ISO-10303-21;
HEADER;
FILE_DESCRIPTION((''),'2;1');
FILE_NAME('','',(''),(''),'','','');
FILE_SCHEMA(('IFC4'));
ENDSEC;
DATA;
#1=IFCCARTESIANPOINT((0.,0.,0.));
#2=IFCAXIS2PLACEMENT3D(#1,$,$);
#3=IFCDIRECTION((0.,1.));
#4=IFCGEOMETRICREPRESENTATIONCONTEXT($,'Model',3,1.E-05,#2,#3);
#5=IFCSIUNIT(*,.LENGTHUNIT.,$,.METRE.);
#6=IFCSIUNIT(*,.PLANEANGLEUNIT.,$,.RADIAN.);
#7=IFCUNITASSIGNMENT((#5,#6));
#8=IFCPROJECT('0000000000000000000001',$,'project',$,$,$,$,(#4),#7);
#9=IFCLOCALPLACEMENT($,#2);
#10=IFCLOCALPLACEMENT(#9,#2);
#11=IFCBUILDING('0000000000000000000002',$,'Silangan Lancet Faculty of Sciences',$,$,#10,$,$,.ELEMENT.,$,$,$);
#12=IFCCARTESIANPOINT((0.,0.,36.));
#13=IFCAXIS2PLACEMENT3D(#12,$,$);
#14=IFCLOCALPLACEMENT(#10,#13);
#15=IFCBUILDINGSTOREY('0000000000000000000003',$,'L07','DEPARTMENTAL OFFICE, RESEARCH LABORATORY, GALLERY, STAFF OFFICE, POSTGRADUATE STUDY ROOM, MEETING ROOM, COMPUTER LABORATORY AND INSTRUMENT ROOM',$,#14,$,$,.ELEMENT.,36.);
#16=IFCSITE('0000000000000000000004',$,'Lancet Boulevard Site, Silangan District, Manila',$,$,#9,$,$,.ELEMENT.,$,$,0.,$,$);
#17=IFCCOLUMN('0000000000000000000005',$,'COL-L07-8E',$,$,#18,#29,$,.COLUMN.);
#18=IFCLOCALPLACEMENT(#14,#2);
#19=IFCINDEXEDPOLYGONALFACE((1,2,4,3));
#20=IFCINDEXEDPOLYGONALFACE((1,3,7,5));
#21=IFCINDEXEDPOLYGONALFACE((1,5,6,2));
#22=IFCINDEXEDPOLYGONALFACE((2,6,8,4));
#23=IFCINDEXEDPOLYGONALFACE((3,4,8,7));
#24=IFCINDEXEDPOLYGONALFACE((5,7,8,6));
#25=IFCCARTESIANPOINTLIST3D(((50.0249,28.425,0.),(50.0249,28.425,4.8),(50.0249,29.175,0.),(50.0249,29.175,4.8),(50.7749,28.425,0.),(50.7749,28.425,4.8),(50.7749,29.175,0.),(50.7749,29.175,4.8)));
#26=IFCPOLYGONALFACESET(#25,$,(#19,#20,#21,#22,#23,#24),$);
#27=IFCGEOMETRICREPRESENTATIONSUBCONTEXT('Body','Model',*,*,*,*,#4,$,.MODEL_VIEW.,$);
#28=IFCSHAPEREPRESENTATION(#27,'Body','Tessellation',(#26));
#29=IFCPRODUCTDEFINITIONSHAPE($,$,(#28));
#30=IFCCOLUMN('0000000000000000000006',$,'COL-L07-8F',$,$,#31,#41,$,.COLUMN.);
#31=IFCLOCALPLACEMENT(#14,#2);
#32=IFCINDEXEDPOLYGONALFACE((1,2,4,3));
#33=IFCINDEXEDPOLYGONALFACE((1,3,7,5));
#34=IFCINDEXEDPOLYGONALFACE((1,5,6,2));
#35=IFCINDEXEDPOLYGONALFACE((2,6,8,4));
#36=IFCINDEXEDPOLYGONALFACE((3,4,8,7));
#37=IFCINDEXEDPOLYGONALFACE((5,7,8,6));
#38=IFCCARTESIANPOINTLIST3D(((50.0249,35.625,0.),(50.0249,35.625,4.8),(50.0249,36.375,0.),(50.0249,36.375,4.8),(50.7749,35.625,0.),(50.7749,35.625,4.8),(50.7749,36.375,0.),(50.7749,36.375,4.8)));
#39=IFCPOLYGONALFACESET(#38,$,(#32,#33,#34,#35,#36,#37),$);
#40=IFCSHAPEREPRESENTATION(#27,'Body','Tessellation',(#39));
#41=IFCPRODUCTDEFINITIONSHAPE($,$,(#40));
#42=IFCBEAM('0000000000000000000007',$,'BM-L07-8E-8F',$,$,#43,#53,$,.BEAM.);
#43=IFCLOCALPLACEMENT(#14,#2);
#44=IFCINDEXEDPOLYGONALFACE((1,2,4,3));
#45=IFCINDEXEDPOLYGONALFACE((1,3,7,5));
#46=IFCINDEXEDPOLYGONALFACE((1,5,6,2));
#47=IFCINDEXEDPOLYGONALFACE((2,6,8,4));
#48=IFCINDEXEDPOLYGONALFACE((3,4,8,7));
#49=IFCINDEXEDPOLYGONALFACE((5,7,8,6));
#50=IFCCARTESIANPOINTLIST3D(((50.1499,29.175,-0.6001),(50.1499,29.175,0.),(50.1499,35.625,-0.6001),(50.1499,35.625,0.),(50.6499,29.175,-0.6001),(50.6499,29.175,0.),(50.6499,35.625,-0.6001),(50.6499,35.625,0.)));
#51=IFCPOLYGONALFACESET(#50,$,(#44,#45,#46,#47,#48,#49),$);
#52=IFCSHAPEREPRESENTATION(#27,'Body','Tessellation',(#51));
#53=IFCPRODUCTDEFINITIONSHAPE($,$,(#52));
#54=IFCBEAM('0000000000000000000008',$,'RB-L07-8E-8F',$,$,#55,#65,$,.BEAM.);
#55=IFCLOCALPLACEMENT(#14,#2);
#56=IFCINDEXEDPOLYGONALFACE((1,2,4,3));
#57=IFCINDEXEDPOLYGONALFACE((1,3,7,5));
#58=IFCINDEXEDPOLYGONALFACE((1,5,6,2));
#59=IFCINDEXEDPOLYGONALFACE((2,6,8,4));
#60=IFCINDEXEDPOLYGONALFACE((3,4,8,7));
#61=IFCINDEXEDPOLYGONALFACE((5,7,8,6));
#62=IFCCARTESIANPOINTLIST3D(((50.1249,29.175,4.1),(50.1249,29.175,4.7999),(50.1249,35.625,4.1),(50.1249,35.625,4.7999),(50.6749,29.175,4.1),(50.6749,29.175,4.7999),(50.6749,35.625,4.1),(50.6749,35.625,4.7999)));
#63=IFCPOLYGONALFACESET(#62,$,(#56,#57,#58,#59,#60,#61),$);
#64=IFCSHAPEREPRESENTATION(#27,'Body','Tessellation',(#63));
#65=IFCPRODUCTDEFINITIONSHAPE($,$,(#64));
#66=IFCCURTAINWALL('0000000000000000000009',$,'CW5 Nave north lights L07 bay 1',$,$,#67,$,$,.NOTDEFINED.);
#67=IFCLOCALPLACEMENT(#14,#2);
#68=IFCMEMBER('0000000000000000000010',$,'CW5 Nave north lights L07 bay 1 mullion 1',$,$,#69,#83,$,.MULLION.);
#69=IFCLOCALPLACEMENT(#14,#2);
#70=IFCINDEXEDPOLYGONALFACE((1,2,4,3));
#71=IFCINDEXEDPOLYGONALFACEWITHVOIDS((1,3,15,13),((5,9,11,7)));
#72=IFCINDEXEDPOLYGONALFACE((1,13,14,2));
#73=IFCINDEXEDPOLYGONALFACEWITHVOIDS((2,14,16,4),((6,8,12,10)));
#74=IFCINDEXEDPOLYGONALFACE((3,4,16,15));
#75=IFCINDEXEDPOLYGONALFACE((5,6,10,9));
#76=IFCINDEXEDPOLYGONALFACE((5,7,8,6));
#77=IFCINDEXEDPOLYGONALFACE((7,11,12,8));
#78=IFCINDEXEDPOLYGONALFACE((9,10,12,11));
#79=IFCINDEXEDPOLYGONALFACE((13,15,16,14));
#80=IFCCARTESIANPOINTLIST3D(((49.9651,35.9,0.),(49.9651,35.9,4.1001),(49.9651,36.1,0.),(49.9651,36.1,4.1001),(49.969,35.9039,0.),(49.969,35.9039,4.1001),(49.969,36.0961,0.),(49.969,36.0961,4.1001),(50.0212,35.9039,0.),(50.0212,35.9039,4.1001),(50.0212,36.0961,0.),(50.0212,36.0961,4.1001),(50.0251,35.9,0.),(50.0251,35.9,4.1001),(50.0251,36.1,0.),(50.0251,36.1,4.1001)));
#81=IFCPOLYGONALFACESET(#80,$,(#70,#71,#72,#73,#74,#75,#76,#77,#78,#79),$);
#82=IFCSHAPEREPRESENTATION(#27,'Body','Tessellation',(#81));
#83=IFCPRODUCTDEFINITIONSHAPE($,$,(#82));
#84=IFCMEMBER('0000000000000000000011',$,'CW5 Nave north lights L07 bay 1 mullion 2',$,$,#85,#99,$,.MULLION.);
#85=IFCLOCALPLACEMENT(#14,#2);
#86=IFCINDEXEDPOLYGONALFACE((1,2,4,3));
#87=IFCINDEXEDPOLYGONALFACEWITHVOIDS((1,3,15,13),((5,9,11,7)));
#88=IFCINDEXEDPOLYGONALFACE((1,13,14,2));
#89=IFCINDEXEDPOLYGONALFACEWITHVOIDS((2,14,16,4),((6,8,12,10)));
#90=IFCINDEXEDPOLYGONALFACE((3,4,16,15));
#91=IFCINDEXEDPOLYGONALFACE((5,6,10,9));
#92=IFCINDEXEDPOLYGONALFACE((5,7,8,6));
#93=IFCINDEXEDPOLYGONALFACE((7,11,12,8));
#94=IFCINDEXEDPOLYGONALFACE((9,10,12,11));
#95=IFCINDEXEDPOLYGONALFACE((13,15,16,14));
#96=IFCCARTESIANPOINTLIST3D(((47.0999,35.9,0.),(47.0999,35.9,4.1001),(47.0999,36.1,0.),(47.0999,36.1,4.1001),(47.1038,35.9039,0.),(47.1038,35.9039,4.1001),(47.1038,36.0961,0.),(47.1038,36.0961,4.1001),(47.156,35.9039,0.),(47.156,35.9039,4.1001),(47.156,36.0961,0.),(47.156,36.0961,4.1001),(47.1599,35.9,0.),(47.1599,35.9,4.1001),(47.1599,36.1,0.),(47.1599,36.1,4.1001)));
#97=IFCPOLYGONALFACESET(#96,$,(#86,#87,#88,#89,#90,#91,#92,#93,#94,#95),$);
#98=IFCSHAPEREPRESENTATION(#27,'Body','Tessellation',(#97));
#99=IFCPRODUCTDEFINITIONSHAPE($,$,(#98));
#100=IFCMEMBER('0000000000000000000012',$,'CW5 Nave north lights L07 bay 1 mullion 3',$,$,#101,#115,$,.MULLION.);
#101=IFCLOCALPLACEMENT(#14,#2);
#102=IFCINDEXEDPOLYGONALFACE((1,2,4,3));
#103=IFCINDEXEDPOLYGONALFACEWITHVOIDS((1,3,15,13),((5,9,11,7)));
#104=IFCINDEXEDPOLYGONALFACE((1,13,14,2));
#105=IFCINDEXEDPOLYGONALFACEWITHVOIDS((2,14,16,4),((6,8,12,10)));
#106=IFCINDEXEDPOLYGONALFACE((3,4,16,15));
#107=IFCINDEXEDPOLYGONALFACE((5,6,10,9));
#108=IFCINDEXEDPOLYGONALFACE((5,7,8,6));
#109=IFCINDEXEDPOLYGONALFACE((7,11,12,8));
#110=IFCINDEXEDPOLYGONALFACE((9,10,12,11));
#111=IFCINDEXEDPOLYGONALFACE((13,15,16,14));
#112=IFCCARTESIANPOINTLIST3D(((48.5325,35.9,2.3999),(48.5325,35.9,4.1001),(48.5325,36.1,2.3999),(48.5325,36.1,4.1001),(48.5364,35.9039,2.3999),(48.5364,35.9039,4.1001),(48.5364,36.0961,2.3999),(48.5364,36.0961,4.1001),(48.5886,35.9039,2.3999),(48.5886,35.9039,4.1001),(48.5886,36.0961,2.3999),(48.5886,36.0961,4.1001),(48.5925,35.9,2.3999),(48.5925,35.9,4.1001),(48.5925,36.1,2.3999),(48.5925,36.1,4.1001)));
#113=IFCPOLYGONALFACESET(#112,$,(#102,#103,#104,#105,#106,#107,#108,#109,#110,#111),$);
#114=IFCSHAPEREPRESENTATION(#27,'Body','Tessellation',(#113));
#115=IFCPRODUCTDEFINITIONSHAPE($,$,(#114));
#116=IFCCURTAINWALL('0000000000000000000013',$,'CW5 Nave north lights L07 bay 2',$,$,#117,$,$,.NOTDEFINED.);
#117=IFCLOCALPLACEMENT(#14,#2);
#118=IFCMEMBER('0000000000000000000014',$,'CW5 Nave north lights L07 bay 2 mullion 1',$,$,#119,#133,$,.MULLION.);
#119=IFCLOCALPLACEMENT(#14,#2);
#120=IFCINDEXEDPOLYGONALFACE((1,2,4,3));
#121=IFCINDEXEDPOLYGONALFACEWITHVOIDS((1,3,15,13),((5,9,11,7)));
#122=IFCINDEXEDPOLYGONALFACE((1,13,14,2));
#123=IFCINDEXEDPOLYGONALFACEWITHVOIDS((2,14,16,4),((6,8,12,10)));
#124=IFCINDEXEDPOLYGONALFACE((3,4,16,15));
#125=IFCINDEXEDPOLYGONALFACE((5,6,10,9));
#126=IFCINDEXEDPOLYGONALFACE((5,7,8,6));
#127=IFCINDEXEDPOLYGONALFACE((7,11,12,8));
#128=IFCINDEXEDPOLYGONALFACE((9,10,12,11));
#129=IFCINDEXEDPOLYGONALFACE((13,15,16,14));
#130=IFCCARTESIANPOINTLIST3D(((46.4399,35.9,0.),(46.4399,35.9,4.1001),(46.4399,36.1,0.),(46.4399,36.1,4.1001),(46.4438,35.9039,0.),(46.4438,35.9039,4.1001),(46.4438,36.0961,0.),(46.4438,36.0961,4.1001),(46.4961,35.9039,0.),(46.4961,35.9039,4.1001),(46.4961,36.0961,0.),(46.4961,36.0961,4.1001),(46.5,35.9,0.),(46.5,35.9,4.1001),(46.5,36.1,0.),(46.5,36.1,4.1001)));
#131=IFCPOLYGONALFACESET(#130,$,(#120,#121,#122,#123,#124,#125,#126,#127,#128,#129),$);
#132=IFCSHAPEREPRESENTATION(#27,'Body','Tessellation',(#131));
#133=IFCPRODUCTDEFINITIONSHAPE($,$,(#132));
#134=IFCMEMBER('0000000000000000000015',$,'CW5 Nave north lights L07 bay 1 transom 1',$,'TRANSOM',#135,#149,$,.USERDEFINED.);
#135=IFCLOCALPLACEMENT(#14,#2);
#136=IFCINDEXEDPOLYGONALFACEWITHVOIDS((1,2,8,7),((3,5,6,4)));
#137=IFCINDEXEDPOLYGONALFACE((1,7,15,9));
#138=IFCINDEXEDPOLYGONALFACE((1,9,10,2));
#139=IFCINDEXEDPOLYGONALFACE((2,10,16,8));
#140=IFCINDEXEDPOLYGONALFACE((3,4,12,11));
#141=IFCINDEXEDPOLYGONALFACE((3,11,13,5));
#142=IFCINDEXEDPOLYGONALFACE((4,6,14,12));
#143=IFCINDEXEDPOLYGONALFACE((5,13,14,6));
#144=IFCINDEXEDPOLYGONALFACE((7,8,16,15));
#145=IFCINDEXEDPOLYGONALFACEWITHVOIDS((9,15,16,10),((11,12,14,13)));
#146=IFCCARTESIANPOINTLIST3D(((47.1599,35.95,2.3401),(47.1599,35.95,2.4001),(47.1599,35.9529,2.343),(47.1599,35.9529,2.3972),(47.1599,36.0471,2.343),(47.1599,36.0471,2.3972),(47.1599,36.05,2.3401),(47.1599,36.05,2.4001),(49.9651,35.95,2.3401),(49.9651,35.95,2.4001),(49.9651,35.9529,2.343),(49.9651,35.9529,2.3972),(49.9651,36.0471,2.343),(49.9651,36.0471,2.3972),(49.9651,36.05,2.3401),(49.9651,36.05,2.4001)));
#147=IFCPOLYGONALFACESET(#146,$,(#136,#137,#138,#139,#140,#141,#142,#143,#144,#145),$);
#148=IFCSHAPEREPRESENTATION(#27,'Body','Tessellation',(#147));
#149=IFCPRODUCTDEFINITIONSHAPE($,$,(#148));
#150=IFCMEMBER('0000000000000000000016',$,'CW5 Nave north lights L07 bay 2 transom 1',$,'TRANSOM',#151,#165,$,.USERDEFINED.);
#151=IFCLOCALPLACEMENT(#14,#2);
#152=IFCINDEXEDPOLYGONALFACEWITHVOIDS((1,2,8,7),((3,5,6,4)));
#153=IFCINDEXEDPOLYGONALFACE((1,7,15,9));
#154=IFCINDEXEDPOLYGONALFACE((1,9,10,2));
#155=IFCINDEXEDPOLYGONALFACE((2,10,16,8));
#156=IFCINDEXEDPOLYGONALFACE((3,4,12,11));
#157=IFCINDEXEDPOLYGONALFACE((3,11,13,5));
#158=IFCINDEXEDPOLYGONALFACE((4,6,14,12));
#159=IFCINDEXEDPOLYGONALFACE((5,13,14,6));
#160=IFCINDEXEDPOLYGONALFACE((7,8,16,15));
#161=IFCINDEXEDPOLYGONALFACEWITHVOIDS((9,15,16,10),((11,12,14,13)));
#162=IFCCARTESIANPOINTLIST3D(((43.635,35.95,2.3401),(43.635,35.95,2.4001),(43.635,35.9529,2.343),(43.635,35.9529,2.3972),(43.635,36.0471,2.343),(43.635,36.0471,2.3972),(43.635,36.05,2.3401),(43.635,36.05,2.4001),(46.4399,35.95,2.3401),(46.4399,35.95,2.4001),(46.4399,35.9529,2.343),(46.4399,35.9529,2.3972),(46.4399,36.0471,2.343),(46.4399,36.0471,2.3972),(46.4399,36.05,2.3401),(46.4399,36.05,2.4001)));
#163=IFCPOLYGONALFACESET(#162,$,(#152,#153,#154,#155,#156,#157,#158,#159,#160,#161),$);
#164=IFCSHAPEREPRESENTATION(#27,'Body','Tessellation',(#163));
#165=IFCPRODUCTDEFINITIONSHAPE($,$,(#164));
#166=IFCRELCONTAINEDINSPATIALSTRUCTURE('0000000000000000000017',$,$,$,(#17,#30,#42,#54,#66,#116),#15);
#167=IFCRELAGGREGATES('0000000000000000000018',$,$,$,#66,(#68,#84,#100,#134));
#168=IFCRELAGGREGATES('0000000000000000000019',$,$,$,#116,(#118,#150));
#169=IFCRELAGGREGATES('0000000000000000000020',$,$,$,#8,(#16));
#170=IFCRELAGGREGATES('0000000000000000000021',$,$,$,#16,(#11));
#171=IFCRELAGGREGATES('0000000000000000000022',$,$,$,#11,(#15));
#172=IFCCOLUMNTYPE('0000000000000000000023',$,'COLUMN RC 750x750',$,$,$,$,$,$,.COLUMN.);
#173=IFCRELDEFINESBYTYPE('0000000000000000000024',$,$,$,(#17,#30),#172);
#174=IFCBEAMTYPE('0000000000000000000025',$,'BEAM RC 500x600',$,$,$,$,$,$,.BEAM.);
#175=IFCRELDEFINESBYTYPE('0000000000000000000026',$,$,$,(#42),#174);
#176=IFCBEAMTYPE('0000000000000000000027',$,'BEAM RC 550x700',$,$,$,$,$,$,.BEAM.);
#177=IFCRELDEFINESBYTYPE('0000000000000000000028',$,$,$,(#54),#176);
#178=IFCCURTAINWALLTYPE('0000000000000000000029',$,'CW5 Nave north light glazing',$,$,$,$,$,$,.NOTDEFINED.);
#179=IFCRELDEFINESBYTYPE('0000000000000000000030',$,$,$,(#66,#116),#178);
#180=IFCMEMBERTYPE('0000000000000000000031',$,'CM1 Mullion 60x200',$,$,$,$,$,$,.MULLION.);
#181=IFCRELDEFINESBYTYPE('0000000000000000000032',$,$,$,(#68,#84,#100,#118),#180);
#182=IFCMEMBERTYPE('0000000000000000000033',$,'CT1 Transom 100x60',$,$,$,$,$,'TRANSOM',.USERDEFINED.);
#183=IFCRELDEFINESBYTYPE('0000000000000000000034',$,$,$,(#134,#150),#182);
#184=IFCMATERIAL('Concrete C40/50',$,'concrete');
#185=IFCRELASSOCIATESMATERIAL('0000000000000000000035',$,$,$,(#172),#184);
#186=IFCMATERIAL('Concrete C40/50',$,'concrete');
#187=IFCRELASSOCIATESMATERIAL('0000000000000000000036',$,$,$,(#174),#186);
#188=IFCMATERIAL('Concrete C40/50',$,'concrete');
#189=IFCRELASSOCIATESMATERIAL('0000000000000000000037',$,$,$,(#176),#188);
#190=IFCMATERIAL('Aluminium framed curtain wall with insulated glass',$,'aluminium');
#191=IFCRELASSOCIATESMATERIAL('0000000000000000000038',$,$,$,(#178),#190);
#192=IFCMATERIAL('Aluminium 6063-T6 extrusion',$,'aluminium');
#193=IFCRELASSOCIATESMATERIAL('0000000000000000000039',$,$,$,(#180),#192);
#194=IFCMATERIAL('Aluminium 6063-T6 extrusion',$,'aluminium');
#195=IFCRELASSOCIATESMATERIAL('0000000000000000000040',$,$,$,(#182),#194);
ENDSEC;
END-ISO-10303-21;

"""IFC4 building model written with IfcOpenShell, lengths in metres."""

from ifc_helpers import new_model, si_unit, direction, frame, origin, origin_2d, place, context, subcontext, project, spatial, rectangle, hollow_rectangle, extrude, material, material_profile, profile_set, type_object, element, aggregate, save


model = new_model("IFC4")

# Units and contexts
model_context = context("Model", 3, precision=1e-05, world=origin(), true_north=direction((0.0, 1.0)))
body_context = subcontext(model_context, "Body", "Model", "MODEL_VIEW")
ifc_project = project(units=[si_unit("LENGTHUNIT", "METRE"), si_unit("PLANEANGLEUNIT", "RADIAN")], contexts=[model_context])

# Site, building, storey
site_placement = place(None, origin())
site = spatial("IfcSite", under=ifc_project, at=site_placement, Name="Lancet Boulevard Site, Silangan District, Manila", CompositionType="ELEMENT", RefElevation=0.0)
building_placement = place(site_placement, origin())
building = spatial("IfcBuilding", under=site, at=building_placement, Name="Silangan Lancet Faculty of Sciences", CompositionType="ELEMENT")
storey_placement = place(building_placement, frame((0.0, 0.0, 36.0)))
storey = spatial("IfcBuildingStorey", under=building, at=storey_placement, Name="L07", Description="DEPARTMENTAL OFFICE, RESEARCH LABORATORY, GALLERY, STAFF OFFICE, POSTGRADUATE STUDY ROOM, MEETING ROOM, COMPUTER LABORATORY AND INSTRUMENT ROOM", CompositionType="ELEMENT", Elevation=36.0)

# Columns
ifc_material_1 = material(Name="Concrete C40/50", Category="concrete")
ifc_material_profile_1 = material_profile(ifc_material_1, rectangle(XDim=0.75, YDim=0.75, at=origin_2d()), Name="RC 750x750")
ifc_profile_set_1 = profile_set([ifc_material_profile_1], Name="Concrete C40/50")
column_type = type_object("IfcColumnType", Name="COLUMN RC 750x750", PredefinedType="COLUMN", material=ifc_profile_set_1)
for number, where, z_axis, x_axis, name in (
    (1, (50.3999, 28.8, 0.0), (0.0, 0.0, 1.0), (1.0, 0.0, 0.0), "COL-L07-8E"),
    (2, (50.3999, 36.0, 0.0), (0.0, 0.0, 1.0), (1.0, 0.0, 0.0), "COL-L07-8F"),
):
    element("IfcColumn", number, at=place(storey_placement, frame(where, z_axis=z_axis, x_axis=x_axis)), inside=storey, type_object=column_type, Name=name, PredefinedType="COLUMN", context=body_context, shape_type="SweptSolid", body=[
        extrude(rectangle(XDim=0.75, YDim=0.75, at=origin_2d()), origin(), (0.0, 0.0, 1.0), 4.8),
    ])

# Beams
ifc_material_2 = material(Name="Concrete C40/50", Category="concrete")
ifc_material_profile_2 = material_profile(ifc_material_2, rectangle(XDim=0.5, YDim=0.6001, at=origin_2d()), Name="RC 500x600")
ifc_profile_set_2 = profile_set([ifc_material_profile_2], Name="Concrete C40/50")
beam_type_1 = type_object("IfcBeamType", Name="BEAM RC 500x600", PredefinedType="BEAM", material=ifc_profile_set_2)
beam_1_placement = place(storey_placement, frame((50.3999, 29.175, -0.3), z_axis=(0.0, 1.0, 0.0), x_axis=(-1.0, 0.0, 0.0)))
element("IfcBeam", 3, at=beam_1_placement, inside=storey, type_object=beam_type_1, Name="BM-L07-8E-8F", PredefinedType="BEAM", context=body_context, shape_type="SweptSolid", body=[
    extrude(rectangle(XDim=0.5, YDim=0.6001, at=origin_2d()), origin(), (0.0, 0.0, 1.0), 6.45),
])
ifc_material_3 = material(Name="Concrete C40/50", Category="concrete")
ifc_material_profile_3 = material_profile(ifc_material_3, rectangle(XDim=0.55, YDim=0.7, at=origin_2d()), Name="RC 550x700")
ifc_profile_set_3 = profile_set([ifc_material_profile_3], Name="Concrete C40/50")
beam_type_2 = type_object("IfcBeamType", Name="BEAM RC 550x700", PredefinedType="BEAM", material=ifc_profile_set_3)
beam_2_placement = place(storey_placement, frame((50.3999, 29.175, 4.45), z_axis=(0.0, 1.0, 0.0), x_axis=(-1.0, 0.0, 0.0)))
element("IfcBeam", 4, at=beam_2_placement, inside=storey, type_object=beam_type_2, Name="RB-L07-8E-8F", PredefinedType="BEAM", context=body_context, shape_type="SweptSolid", body=[
    extrude(rectangle(XDim=0.55, YDim=0.7, at=origin_2d()), origin(), (0.0, 0.0, 1.0), 6.45),
])

# Curtain wall, members
ifc_material_4 = material(Name="Aluminium framed curtain wall with insulated glass", Category="aluminium")
curtain_wall_type = type_object("IfcCurtainWallType", Name="CW5 Nave north light glazing", PredefinedType="NOTDEFINED", material=ifc_material_4)
curtain_wall_1_placement = place(storey_placement, origin())
curtain_wall_1 = element("IfcCurtainWall", 5, at=curtain_wall_1_placement, inside=storey, type_object=curtain_wall_type, Name="CW5 Nave north lights L07 bay 1", PredefinedType="NOTDEFINED")
ifc_material_5 = material(Name="Aluminium 6063-T6 extrusion", Category="aluminium")
ifc_material_profile_4 = material_profile(ifc_material_5, hollow_rectangle(XDim=0.0601, YDim=0.2, WallThickness=0.0039, at=origin_2d()), Name="AL BOX 60x200x4")
ifc_profile_set_4 = profile_set([ifc_material_profile_4], Name="Aluminium 6063-T6 extrusion")
member_type_1 = type_object("IfcMemberType", Name="CM1 Mullion 60x200", PredefinedType="MULLION", material=ifc_profile_set_4)
member_1_placement = place(storey_placement, frame((49.9951, 36.0, 0.0), z_axis=(0.0, 0.0, 1.0), x_axis=(-1.0, 0.0, 0.0)))
member_1 = element("IfcMember", 6, at=member_1_placement, type_object=member_type_1, Name="CW5 Nave north lights L07 bay 1 mullion 1", PredefinedType="MULLION", context=body_context, shape_type="SweptSolid", body=[
    extrude(hollow_rectangle(XDim=0.0601, YDim=0.2, WallThickness=0.0039, at=origin_2d()), origin(), (0.0, 0.0, 1.0), 4.1001),
])
member_2_placement = place(storey_placement, frame((47.1299, 36.0, 0.0), z_axis=(0.0, 0.0, 1.0), x_axis=(-1.0, 0.0, 0.0)))
member_2 = element("IfcMember", 7, at=member_2_placement, type_object=member_type_1, Name="CW5 Nave north lights L07 bay 1 mullion 2", PredefinedType="MULLION", context=body_context, shape_type="SweptSolid", body=[
    extrude(hollow_rectangle(XDim=0.0601, YDim=0.2, WallThickness=0.0039, at=origin_2d()), origin(), (0.0, 0.0, 1.0), 4.1001),
])
member_3_placement = place(storey_placement, frame((48.5625, 36.0, 2.3999), z_axis=(0.0, 0.0, 1.0), x_axis=(-1.0, 0.0, 0.0)))
member_3 = element("IfcMember", 8, at=member_3_placement, type_object=member_type_1, Name="CW5 Nave north lights L07 bay 1 mullion 3", PredefinedType="MULLION", context=body_context, shape_type="SweptSolid", body=[
    extrude(hollow_rectangle(XDim=0.0601, YDim=0.2, WallThickness=0.0039, at=origin_2d()), origin(), (0.0, 0.0, 1.0), 1.7002),
])

# Curtain wall, member
curtain_wall_2_placement = place(storey_placement, origin())
curtain_wall_2 = element("IfcCurtainWall", 9, at=curtain_wall_2_placement, inside=storey, type_object=curtain_wall_type, Name="CW5 Nave north lights L07 bay 2", PredefinedType="NOTDEFINED")
member_4_placement = place(storey_placement, frame((46.47, 36.0, 0.0), z_axis=(0.0, 0.0, 1.0), x_axis=(-1.0, 0.0, 0.0)))
member_4 = element("IfcMember", 10, at=member_4_placement, type_object=member_type_1, Name="CW5 Nave north lights L07 bay 2 mullion 1", PredefinedType="MULLION", context=body_context, shape_type="SweptSolid", body=[
    extrude(hollow_rectangle(XDim=0.0601, YDim=0.2, WallThickness=0.0039, at=origin_2d()), origin(), (0.0, 0.0, 1.0), 4.1001),
])

# Members
ifc_material_6 = material(Name="Aluminium 6063-T6 extrusion", Category="aluminium")
ifc_material_profile_5 = material_profile(ifc_material_6, hollow_rectangle(XDim=0.1001, YDim=0.0601, WallThickness=0.0029, at=origin_2d()), Name="AL BOX 100x60x3")
ifc_profile_set_5 = profile_set([ifc_material_profile_5], Name="Aluminium 6063-T6 extrusion")
member_type_2 = type_object("IfcMemberType", Name="CT1 Transom 100x60", ElementType="TRANSOM", PredefinedType="USERDEFINED", material=ifc_profile_set_5)
member_5_placement = place(storey_placement, frame((49.9651, 36.0, 2.3701), z_axis=(-1.0, 0.0, 0.0), x_axis=(0.0, -1.0, 0.0)))
member_5 = element("IfcMember", 11, at=member_5_placement, type_object=member_type_2, Name="CW5 Nave north lights L07 bay 1 transom 1", ObjectType="TRANSOM", PredefinedType="USERDEFINED", context=body_context, shape_type="SweptSolid", body=[
    extrude(hollow_rectangle(XDim=0.1001, YDim=0.0601, WallThickness=0.0029, at=origin_2d()), origin(), (0.0, 0.0, 1.0), 2.8052),
])
member_6_placement = place(storey_placement, frame((46.4399, 36.0, 2.3701), z_axis=(-1.0, 0.0, 0.0), x_axis=(0.0, -1.0, 0.0)))
member_6 = element("IfcMember", 12, at=member_6_placement, type_object=member_type_2, Name="CW5 Nave north lights L07 bay 2 transom 1", ObjectType="TRANSOM", PredefinedType="USERDEFINED", context=body_context, shape_type="SweptSolid", body=[
    extrude(hollow_rectangle(XDim=0.1001, YDim=0.0601, WallThickness=0.0029, at=origin_2d()), origin(), (0.0, 0.0, 1.0), 2.8049),
])

aggregate(curtain_wall_1, [member_1, member_2, member_3, member_5])
aggregate(curtain_wall_2, [member_4, member_6])

save(model, "model.ifc")
